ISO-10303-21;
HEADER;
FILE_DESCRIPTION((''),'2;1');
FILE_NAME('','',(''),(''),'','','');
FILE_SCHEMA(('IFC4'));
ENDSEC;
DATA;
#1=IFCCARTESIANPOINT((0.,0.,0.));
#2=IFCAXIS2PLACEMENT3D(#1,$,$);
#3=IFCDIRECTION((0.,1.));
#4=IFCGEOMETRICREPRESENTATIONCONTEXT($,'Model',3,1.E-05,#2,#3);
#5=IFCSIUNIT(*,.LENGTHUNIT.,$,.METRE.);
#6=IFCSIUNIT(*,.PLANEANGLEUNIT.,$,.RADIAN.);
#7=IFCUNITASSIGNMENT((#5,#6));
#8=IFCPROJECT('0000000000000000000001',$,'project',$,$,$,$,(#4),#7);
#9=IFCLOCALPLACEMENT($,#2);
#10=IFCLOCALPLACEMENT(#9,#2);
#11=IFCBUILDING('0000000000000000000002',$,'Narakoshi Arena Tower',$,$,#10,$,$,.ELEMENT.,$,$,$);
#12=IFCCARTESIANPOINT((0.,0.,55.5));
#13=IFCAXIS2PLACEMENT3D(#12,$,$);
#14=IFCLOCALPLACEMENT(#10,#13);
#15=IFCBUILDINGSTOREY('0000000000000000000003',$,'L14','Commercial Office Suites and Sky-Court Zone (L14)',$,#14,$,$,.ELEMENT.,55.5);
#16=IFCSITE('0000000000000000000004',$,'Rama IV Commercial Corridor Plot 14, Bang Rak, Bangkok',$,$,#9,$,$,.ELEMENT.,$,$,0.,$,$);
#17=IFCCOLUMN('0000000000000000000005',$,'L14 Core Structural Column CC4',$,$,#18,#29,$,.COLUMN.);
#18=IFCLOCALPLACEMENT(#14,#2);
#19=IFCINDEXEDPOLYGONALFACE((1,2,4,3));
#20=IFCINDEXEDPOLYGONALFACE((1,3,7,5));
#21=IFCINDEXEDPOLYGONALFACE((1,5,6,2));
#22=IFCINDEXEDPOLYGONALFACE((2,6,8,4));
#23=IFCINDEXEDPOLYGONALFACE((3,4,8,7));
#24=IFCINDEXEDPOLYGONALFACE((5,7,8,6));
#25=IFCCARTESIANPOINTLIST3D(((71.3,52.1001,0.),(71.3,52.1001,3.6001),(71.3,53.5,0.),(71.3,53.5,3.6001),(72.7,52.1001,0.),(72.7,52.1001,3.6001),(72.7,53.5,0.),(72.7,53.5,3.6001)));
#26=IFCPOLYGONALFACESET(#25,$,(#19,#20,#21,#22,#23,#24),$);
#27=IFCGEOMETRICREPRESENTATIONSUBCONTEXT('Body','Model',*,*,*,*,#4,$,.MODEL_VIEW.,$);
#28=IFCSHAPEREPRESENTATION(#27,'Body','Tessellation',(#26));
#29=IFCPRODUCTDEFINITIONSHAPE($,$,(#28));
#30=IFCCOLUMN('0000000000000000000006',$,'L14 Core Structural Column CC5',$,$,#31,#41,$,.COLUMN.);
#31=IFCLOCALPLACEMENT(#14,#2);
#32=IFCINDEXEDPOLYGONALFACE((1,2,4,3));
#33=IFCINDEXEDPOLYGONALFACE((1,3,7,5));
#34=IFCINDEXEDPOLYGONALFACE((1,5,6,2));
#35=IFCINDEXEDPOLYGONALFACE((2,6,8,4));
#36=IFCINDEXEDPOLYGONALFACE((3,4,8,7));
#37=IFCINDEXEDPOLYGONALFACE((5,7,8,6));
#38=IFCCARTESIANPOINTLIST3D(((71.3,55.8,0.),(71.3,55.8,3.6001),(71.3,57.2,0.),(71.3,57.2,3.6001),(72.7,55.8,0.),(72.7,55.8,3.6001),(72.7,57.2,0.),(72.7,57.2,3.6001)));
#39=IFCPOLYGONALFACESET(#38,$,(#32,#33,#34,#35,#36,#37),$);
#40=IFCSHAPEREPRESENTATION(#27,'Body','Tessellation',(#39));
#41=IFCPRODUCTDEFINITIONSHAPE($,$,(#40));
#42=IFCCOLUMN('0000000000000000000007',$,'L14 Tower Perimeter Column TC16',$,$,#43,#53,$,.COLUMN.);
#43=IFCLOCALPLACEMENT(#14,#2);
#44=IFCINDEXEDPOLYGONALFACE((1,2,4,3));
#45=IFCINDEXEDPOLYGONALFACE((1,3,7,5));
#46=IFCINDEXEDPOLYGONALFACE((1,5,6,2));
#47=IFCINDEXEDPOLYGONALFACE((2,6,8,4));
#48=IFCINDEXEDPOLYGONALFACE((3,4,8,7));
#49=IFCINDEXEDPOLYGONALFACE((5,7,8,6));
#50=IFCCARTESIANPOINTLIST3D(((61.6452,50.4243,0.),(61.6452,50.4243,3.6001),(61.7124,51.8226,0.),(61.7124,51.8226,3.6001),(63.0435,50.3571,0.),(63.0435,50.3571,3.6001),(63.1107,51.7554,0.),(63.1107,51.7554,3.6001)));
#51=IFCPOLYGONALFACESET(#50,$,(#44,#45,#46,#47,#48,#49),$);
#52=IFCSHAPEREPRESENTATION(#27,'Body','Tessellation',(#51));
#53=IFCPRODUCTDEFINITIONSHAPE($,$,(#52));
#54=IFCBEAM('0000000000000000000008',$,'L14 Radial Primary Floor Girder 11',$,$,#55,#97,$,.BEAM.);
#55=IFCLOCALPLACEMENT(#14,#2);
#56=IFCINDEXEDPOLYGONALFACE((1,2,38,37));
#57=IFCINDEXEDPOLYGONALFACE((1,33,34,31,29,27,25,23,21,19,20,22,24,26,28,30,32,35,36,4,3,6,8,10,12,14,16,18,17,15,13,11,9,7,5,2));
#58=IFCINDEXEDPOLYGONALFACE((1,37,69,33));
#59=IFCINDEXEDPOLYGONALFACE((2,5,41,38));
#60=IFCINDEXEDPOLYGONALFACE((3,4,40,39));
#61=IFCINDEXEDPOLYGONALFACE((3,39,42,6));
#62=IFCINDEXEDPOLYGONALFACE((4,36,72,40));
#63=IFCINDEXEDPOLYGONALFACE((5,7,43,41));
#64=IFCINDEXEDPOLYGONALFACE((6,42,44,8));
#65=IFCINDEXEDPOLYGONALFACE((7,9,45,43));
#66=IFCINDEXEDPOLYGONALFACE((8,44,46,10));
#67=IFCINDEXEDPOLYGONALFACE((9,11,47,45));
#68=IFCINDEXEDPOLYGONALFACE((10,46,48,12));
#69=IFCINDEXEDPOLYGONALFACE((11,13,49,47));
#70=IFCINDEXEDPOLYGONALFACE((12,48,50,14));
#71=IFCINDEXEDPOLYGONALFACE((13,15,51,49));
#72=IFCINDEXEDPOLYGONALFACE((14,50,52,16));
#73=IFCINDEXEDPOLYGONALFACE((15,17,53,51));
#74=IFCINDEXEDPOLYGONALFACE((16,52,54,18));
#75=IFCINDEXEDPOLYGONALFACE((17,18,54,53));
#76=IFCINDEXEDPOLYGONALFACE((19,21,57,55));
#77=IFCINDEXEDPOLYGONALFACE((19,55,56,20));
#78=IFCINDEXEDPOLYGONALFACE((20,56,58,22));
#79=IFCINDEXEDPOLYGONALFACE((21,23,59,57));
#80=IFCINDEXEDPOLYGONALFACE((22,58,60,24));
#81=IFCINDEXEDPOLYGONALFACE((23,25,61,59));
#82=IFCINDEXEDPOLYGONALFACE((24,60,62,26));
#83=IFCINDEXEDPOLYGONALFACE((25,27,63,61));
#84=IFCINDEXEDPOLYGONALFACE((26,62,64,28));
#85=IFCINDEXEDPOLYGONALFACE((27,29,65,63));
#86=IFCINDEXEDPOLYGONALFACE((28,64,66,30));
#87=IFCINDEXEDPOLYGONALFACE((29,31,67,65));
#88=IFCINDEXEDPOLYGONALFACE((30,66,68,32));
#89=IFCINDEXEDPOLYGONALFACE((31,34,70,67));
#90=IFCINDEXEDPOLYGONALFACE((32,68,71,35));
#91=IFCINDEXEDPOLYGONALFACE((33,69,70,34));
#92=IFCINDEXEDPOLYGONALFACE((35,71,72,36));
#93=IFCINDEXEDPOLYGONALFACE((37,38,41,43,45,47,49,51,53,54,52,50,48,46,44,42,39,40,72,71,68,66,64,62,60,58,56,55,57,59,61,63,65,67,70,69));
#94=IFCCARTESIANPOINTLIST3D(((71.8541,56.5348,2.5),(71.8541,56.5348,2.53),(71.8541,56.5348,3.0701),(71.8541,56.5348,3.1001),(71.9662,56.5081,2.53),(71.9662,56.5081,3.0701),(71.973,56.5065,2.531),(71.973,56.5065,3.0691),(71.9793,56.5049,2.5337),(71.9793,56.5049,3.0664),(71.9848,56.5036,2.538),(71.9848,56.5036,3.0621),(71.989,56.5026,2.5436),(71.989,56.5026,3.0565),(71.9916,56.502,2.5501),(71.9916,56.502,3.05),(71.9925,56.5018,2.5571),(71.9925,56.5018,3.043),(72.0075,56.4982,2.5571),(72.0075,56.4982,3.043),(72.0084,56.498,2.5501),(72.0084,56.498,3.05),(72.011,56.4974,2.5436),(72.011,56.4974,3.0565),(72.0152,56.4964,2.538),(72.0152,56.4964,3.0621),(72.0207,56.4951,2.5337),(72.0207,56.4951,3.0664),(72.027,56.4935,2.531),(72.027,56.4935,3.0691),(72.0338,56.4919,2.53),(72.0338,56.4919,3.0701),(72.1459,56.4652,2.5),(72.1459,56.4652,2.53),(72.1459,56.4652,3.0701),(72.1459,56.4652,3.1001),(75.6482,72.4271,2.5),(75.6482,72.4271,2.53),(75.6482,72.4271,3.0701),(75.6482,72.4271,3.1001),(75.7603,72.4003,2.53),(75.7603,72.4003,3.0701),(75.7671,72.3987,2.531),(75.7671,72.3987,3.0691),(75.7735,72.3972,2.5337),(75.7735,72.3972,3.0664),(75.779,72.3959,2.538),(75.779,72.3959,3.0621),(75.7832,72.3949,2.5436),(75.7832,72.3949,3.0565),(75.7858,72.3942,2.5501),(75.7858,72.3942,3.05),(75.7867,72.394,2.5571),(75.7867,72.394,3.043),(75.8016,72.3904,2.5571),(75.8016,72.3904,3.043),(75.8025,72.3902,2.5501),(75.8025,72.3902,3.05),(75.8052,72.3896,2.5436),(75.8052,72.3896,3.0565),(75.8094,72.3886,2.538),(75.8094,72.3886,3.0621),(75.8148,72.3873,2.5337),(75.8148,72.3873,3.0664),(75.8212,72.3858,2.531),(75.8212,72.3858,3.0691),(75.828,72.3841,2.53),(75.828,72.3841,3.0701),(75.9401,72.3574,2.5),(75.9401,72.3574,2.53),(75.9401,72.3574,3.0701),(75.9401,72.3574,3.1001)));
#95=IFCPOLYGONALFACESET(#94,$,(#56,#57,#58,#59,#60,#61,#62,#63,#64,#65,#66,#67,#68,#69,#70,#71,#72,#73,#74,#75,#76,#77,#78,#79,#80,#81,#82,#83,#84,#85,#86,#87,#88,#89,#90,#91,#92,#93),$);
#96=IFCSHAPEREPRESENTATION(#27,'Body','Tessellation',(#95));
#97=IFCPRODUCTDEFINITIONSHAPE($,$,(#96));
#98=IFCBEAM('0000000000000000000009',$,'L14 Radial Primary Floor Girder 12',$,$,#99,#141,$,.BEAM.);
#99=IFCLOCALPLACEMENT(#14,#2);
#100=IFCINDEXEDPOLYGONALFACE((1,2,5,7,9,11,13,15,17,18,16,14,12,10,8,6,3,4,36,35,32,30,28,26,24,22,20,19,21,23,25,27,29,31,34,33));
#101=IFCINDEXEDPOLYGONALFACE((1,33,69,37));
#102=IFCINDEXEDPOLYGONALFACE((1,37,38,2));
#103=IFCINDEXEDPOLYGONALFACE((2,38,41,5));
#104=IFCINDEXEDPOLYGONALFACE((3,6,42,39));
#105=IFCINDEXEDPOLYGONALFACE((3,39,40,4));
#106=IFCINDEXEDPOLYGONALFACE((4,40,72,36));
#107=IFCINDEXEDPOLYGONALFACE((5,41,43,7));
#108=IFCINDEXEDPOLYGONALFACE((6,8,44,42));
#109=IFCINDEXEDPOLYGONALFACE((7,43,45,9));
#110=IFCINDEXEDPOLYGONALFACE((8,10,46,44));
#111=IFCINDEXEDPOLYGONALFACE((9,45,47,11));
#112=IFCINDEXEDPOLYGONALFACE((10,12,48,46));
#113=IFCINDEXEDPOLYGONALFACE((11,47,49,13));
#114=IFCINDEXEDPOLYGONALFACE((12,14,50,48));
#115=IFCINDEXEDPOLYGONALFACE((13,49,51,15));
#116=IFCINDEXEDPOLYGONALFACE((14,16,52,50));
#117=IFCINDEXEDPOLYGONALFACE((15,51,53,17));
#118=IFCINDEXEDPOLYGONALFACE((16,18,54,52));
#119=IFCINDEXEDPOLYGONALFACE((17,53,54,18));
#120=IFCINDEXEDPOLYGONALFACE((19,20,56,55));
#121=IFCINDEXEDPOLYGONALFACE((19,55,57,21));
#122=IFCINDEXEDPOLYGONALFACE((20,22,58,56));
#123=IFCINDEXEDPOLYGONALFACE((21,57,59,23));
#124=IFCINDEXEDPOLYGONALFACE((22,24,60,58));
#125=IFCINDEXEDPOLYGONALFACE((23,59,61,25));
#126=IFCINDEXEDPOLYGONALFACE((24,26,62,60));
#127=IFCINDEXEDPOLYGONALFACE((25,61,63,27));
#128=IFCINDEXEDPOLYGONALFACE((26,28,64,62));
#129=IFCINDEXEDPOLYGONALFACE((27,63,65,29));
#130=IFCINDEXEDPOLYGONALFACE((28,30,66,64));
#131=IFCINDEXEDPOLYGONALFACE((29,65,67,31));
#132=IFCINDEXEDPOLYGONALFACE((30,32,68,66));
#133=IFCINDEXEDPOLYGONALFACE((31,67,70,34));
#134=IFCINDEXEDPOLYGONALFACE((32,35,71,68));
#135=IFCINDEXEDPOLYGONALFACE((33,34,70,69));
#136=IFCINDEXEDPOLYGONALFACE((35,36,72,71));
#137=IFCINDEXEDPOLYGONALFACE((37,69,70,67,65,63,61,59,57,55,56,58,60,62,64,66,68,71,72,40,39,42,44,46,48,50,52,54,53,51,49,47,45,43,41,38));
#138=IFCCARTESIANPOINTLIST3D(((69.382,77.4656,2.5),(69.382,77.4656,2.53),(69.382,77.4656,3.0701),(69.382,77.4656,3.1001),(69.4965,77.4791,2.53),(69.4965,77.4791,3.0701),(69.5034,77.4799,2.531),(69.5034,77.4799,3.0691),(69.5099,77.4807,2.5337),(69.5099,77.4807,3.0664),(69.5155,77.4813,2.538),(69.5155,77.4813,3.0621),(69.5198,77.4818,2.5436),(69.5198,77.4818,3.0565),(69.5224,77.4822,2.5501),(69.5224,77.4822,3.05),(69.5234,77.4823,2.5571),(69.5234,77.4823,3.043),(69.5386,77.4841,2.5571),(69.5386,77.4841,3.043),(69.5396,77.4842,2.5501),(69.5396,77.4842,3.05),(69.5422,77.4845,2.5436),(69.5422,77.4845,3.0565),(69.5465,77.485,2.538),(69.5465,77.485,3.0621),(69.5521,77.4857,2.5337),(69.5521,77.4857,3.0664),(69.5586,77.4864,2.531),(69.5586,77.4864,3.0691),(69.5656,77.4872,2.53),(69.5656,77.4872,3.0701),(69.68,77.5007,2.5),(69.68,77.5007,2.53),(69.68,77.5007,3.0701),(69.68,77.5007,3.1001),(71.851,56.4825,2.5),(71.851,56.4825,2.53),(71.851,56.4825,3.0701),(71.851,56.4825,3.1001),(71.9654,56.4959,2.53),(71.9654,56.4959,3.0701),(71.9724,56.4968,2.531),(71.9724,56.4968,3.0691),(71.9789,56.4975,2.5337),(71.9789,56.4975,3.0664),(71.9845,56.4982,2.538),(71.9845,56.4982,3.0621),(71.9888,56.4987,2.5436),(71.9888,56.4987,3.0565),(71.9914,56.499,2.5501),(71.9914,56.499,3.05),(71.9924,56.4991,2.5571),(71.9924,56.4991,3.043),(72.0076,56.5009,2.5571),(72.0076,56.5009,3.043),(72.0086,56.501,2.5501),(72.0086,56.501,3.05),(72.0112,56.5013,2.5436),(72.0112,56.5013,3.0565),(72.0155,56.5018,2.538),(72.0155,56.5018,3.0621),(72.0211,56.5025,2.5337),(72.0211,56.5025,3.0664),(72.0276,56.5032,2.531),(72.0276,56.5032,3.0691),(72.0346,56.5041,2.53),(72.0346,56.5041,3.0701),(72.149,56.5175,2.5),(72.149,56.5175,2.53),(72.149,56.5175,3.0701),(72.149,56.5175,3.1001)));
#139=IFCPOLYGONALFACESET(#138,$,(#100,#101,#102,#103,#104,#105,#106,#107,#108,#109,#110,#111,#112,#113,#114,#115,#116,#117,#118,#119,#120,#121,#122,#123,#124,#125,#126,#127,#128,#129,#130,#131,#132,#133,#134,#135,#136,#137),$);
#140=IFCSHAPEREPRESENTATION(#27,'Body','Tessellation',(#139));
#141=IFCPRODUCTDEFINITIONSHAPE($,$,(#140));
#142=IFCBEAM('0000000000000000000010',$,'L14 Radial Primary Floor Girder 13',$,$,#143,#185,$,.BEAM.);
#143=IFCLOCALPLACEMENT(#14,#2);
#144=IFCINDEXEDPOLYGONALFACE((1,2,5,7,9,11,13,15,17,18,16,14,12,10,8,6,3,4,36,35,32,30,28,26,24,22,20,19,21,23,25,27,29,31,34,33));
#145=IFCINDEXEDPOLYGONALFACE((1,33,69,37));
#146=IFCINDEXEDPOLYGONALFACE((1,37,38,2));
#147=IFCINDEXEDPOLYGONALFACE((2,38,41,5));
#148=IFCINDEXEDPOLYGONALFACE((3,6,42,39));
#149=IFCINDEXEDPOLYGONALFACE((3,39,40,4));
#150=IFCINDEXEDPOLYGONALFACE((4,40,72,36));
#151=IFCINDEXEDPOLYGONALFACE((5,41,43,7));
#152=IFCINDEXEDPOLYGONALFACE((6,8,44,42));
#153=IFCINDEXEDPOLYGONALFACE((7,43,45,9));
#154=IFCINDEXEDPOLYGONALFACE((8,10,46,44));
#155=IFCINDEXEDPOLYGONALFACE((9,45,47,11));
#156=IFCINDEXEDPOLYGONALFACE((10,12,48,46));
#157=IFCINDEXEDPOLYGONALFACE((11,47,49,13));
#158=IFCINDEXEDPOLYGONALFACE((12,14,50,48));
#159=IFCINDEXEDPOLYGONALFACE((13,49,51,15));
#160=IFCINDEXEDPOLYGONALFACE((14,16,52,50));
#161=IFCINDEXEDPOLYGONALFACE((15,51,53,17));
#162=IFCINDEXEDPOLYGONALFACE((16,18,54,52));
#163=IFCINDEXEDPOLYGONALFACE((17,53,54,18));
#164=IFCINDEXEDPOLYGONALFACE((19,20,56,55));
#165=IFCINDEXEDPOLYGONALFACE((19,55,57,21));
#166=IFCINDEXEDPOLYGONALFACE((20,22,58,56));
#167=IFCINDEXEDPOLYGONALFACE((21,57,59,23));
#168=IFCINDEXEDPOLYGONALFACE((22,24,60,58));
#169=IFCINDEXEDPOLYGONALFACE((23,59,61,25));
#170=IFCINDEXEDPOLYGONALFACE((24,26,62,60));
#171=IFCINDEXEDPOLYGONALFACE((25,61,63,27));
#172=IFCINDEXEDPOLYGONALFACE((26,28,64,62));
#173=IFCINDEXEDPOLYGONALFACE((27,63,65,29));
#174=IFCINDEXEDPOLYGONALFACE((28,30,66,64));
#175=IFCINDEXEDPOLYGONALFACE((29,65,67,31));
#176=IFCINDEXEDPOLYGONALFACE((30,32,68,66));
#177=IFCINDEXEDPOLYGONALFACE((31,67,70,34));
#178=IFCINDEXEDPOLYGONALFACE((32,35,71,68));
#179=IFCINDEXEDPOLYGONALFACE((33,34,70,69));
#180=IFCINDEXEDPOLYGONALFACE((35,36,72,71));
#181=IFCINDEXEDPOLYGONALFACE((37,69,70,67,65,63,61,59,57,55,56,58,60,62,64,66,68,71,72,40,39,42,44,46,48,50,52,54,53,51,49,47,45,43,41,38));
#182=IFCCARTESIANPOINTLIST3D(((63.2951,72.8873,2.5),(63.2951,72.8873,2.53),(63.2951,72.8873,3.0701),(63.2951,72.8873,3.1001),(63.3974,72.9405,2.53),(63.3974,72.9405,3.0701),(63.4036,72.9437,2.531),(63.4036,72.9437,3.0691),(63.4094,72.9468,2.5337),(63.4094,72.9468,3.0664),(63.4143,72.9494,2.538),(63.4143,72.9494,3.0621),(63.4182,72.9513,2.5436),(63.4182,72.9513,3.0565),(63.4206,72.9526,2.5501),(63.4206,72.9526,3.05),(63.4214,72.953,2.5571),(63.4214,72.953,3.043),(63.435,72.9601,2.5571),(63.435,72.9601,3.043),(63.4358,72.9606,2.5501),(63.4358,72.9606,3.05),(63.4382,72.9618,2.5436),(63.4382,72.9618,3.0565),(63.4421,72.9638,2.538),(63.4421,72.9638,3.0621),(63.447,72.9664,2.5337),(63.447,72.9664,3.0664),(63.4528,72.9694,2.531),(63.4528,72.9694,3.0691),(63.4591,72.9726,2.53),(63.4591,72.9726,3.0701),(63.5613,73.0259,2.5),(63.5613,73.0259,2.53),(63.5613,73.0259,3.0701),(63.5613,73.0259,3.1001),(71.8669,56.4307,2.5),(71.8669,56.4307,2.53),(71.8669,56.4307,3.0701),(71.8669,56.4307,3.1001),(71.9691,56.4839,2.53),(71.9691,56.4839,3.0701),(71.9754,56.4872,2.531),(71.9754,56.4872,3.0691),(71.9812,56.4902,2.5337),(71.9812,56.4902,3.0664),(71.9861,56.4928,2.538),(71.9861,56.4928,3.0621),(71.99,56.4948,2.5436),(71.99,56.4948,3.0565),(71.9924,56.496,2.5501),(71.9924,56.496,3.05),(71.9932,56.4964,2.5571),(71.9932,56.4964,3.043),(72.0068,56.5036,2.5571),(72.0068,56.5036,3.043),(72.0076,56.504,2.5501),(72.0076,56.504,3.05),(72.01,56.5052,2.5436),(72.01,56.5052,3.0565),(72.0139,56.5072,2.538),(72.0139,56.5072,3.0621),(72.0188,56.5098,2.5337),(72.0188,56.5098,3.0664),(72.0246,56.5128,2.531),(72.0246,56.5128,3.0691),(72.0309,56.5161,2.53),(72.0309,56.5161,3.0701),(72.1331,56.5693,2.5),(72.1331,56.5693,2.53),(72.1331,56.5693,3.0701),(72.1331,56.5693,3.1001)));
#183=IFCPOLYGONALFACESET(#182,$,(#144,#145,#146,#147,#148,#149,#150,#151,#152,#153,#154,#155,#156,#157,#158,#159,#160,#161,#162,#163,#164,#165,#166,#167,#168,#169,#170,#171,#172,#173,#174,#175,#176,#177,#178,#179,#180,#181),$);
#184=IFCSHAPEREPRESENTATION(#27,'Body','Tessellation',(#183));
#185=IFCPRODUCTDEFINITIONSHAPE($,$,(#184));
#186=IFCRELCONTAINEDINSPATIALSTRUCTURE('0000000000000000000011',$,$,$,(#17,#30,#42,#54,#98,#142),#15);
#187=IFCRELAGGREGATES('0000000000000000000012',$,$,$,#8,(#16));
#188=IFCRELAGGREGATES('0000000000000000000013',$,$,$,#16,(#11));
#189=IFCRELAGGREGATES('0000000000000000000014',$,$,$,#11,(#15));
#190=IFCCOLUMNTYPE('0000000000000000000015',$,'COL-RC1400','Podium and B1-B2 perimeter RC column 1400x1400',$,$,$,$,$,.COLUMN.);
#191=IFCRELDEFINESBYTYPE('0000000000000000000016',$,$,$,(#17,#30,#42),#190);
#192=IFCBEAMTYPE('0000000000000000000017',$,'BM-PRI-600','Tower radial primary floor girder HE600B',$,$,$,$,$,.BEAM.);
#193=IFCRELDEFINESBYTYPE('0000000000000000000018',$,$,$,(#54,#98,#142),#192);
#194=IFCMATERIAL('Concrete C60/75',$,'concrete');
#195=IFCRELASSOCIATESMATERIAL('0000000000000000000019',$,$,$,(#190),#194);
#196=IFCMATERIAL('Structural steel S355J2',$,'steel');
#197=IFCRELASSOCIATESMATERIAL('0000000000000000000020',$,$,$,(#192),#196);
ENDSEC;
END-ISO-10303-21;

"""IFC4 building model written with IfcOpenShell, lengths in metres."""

from ifc_helpers import new_model, si_unit, direction, frame, origin, origin_2d, place, context, subcontext, project, spatial, rectangle, i_section, extrude, material, material_profile, profile_set, type_object, element, save


model = new_model("IFC4")

# Units and contexts
model_context = context("Model", 3, precision=1e-05, world=origin(), true_north=direction((0.0, 1.0)))
body_context = subcontext(model_context, "Body", "Model", "MODEL_VIEW")
ifc_project = project(units=[si_unit("LENGTHUNIT", "METRE"), si_unit("PLANEANGLEUNIT", "RADIAN")], contexts=[model_context])

# Site, building, storey
site_placement = place(None, origin())
site = spatial("IfcSite", under=ifc_project, at=site_placement, Name="Rama IV Commercial Corridor Plot 14, Bang Rak, Bangkok", CompositionType="ELEMENT", RefElevation=0.0)
building_placement = place(site_placement, origin())
building = spatial("IfcBuilding", under=site, at=building_placement, Name="Narakoshi Arena Tower", CompositionType="ELEMENT")
storey_placement = place(building_placement, frame((0.0, 0.0, 55.5)))
storey = spatial("IfcBuildingStorey", under=building, at=storey_placement, Name="L14", Description="Commercial Office Suites and Sky-Court Zone (L14)", CompositionType="ELEMENT", Elevation=55.5)

# Columns
ifc_material_1 = material(Name="Concrete C60/75", Category="concrete")
ifc_material_profile_1 = material_profile(ifc_material_1, rectangle(XDim=1.3999, YDim=1.3999, at=origin_2d()), Name="RC1400x1400")
ifc_profile_set_1 = profile_set([ifc_material_profile_1], Name="Concrete C60/75")
column_type = type_object("IfcColumnType", Name="COL-RC1400", Description="Podium and B1-B2 perimeter RC column 1400x1400", PredefinedType="COLUMN", material=ifc_profile_set_1)
for number, where, z_axis, x_axis, name in (
    (1, (72.0, 52.8, 0.0), (0.0, 0.0, 1.0), (1.0, 0.0, 0.0), "L14 Core Structural Column CC4"),
    (2, (72.0, 56.5, 0.0), (0.0, 0.0, 1.0), (1.0, 0.0, 0.0), "L14 Core Structural Column CC5"),
    (3, (62.3779, 51.0898, 0.0), (0.0, 0.0, 1.0), (0.047978, 0.998848, 0.0), "L14 Tower Perimeter Column TC16"),
):
    element("IfcColumn", number, at=place(storey_placement, frame(where, z_axis=z_axis, x_axis=x_axis)), inside=storey, type_object=column_type, Name=name, PredefinedType="COLUMN", context=body_context, shape_type="SweptSolid", body=[
        extrude(rectangle(XDim=1.3999, YDim=1.3999, at=origin_2d()), origin(), (0.0, 0.0, 1.0), 3.6001),
    ])

# Beams
ifc_material_2 = material(Name="Structural steel S355J2", Category="steel")
ifc_material_profile_2 = material_profile(ifc_material_2, i_section(OverallWidth=0.3, OverallDepth=0.6001, WebThickness=0.0154, FlangeThickness=0.03, FilletRadius=0.0271, at=origin_2d()), Name="HE600B")
ifc_profile_set_2 = profile_set([ifc_material_profile_2], Name="Structural steel S355J2")
beam_type_1 = type_object("IfcBeamType", Name="BM-PRI-600", Description="Tower radial primary floor girder HE600B", PredefinedType="BEAM", material=ifc_profile_set_2)
beam_1_placement = place(storey_placement, frame((72.0, 56.5, 2.8), z_axis=(0.232217, 0.972664, 0.0), x_axis=(-0.972664, 0.232217, 0.0)))
element("IfcBeam", 4, at=beam_1_placement, inside=storey, type_object=beam_type_1, Name="L14 Radial Primary Floor Girder 11", PredefinedType="BEAM", context=body_context, shape_type="SweptSolid", body=[
    extrude(i_section(OverallWidth=0.3, OverallDepth=0.6001, WebThickness=0.0154, FlangeThickness=0.03, FilletRadius=0.0271, at=origin_2d()), origin(), (0.0, 0.0, 1.0), 16.3389),
])
beam_2_placement = place(storey_placement, frame((72.0, 56.5, 2.8), z_axis=(-0.116859, 0.993148, 0.0), x_axis=(-0.993148, -0.116859, 0.0)))
element("IfcBeam", 5, at=beam_2_placement, inside=storey, type_object=beam_type_1, Name="L14 Radial Primary Floor Girder 12", PredefinedType="BEAM", context=body_context, shape_type="SweptSolid", body=[
    extrude(i_section(OverallWidth=0.3, OverallDepth=0.6001, WebThickness=0.0154, FlangeThickness=0.03, FilletRadius=0.0271, at=origin_2d()), origin(), (0.0, 0.0, 1.0), 21.1279),
])
beam_3_placement = place(storey_placement, frame((72.0, 56.5, 2.8), z_axis=(-0.461962, 0.886899, 0.0), x_axis=(-0.886899, -0.461962, 0.0)))
element("IfcBeam", 6, at=beam_3_placement, inside=storey, type_object=beam_type_1, Name="L14 Radial Primary Floor Girder 13", PredefinedType="BEAM", context=body_context, shape_type="SweptSolid", body=[
    extrude(i_section(OverallWidth=0.3, OverallDepth=0.6001, WebThickness=0.0154, FlangeThickness=0.03, FilletRadius=0.0271, at=origin_2d()), origin(), (0.0, 0.0, 1.0), 18.5552),
])

save(model, "model.ifc")
